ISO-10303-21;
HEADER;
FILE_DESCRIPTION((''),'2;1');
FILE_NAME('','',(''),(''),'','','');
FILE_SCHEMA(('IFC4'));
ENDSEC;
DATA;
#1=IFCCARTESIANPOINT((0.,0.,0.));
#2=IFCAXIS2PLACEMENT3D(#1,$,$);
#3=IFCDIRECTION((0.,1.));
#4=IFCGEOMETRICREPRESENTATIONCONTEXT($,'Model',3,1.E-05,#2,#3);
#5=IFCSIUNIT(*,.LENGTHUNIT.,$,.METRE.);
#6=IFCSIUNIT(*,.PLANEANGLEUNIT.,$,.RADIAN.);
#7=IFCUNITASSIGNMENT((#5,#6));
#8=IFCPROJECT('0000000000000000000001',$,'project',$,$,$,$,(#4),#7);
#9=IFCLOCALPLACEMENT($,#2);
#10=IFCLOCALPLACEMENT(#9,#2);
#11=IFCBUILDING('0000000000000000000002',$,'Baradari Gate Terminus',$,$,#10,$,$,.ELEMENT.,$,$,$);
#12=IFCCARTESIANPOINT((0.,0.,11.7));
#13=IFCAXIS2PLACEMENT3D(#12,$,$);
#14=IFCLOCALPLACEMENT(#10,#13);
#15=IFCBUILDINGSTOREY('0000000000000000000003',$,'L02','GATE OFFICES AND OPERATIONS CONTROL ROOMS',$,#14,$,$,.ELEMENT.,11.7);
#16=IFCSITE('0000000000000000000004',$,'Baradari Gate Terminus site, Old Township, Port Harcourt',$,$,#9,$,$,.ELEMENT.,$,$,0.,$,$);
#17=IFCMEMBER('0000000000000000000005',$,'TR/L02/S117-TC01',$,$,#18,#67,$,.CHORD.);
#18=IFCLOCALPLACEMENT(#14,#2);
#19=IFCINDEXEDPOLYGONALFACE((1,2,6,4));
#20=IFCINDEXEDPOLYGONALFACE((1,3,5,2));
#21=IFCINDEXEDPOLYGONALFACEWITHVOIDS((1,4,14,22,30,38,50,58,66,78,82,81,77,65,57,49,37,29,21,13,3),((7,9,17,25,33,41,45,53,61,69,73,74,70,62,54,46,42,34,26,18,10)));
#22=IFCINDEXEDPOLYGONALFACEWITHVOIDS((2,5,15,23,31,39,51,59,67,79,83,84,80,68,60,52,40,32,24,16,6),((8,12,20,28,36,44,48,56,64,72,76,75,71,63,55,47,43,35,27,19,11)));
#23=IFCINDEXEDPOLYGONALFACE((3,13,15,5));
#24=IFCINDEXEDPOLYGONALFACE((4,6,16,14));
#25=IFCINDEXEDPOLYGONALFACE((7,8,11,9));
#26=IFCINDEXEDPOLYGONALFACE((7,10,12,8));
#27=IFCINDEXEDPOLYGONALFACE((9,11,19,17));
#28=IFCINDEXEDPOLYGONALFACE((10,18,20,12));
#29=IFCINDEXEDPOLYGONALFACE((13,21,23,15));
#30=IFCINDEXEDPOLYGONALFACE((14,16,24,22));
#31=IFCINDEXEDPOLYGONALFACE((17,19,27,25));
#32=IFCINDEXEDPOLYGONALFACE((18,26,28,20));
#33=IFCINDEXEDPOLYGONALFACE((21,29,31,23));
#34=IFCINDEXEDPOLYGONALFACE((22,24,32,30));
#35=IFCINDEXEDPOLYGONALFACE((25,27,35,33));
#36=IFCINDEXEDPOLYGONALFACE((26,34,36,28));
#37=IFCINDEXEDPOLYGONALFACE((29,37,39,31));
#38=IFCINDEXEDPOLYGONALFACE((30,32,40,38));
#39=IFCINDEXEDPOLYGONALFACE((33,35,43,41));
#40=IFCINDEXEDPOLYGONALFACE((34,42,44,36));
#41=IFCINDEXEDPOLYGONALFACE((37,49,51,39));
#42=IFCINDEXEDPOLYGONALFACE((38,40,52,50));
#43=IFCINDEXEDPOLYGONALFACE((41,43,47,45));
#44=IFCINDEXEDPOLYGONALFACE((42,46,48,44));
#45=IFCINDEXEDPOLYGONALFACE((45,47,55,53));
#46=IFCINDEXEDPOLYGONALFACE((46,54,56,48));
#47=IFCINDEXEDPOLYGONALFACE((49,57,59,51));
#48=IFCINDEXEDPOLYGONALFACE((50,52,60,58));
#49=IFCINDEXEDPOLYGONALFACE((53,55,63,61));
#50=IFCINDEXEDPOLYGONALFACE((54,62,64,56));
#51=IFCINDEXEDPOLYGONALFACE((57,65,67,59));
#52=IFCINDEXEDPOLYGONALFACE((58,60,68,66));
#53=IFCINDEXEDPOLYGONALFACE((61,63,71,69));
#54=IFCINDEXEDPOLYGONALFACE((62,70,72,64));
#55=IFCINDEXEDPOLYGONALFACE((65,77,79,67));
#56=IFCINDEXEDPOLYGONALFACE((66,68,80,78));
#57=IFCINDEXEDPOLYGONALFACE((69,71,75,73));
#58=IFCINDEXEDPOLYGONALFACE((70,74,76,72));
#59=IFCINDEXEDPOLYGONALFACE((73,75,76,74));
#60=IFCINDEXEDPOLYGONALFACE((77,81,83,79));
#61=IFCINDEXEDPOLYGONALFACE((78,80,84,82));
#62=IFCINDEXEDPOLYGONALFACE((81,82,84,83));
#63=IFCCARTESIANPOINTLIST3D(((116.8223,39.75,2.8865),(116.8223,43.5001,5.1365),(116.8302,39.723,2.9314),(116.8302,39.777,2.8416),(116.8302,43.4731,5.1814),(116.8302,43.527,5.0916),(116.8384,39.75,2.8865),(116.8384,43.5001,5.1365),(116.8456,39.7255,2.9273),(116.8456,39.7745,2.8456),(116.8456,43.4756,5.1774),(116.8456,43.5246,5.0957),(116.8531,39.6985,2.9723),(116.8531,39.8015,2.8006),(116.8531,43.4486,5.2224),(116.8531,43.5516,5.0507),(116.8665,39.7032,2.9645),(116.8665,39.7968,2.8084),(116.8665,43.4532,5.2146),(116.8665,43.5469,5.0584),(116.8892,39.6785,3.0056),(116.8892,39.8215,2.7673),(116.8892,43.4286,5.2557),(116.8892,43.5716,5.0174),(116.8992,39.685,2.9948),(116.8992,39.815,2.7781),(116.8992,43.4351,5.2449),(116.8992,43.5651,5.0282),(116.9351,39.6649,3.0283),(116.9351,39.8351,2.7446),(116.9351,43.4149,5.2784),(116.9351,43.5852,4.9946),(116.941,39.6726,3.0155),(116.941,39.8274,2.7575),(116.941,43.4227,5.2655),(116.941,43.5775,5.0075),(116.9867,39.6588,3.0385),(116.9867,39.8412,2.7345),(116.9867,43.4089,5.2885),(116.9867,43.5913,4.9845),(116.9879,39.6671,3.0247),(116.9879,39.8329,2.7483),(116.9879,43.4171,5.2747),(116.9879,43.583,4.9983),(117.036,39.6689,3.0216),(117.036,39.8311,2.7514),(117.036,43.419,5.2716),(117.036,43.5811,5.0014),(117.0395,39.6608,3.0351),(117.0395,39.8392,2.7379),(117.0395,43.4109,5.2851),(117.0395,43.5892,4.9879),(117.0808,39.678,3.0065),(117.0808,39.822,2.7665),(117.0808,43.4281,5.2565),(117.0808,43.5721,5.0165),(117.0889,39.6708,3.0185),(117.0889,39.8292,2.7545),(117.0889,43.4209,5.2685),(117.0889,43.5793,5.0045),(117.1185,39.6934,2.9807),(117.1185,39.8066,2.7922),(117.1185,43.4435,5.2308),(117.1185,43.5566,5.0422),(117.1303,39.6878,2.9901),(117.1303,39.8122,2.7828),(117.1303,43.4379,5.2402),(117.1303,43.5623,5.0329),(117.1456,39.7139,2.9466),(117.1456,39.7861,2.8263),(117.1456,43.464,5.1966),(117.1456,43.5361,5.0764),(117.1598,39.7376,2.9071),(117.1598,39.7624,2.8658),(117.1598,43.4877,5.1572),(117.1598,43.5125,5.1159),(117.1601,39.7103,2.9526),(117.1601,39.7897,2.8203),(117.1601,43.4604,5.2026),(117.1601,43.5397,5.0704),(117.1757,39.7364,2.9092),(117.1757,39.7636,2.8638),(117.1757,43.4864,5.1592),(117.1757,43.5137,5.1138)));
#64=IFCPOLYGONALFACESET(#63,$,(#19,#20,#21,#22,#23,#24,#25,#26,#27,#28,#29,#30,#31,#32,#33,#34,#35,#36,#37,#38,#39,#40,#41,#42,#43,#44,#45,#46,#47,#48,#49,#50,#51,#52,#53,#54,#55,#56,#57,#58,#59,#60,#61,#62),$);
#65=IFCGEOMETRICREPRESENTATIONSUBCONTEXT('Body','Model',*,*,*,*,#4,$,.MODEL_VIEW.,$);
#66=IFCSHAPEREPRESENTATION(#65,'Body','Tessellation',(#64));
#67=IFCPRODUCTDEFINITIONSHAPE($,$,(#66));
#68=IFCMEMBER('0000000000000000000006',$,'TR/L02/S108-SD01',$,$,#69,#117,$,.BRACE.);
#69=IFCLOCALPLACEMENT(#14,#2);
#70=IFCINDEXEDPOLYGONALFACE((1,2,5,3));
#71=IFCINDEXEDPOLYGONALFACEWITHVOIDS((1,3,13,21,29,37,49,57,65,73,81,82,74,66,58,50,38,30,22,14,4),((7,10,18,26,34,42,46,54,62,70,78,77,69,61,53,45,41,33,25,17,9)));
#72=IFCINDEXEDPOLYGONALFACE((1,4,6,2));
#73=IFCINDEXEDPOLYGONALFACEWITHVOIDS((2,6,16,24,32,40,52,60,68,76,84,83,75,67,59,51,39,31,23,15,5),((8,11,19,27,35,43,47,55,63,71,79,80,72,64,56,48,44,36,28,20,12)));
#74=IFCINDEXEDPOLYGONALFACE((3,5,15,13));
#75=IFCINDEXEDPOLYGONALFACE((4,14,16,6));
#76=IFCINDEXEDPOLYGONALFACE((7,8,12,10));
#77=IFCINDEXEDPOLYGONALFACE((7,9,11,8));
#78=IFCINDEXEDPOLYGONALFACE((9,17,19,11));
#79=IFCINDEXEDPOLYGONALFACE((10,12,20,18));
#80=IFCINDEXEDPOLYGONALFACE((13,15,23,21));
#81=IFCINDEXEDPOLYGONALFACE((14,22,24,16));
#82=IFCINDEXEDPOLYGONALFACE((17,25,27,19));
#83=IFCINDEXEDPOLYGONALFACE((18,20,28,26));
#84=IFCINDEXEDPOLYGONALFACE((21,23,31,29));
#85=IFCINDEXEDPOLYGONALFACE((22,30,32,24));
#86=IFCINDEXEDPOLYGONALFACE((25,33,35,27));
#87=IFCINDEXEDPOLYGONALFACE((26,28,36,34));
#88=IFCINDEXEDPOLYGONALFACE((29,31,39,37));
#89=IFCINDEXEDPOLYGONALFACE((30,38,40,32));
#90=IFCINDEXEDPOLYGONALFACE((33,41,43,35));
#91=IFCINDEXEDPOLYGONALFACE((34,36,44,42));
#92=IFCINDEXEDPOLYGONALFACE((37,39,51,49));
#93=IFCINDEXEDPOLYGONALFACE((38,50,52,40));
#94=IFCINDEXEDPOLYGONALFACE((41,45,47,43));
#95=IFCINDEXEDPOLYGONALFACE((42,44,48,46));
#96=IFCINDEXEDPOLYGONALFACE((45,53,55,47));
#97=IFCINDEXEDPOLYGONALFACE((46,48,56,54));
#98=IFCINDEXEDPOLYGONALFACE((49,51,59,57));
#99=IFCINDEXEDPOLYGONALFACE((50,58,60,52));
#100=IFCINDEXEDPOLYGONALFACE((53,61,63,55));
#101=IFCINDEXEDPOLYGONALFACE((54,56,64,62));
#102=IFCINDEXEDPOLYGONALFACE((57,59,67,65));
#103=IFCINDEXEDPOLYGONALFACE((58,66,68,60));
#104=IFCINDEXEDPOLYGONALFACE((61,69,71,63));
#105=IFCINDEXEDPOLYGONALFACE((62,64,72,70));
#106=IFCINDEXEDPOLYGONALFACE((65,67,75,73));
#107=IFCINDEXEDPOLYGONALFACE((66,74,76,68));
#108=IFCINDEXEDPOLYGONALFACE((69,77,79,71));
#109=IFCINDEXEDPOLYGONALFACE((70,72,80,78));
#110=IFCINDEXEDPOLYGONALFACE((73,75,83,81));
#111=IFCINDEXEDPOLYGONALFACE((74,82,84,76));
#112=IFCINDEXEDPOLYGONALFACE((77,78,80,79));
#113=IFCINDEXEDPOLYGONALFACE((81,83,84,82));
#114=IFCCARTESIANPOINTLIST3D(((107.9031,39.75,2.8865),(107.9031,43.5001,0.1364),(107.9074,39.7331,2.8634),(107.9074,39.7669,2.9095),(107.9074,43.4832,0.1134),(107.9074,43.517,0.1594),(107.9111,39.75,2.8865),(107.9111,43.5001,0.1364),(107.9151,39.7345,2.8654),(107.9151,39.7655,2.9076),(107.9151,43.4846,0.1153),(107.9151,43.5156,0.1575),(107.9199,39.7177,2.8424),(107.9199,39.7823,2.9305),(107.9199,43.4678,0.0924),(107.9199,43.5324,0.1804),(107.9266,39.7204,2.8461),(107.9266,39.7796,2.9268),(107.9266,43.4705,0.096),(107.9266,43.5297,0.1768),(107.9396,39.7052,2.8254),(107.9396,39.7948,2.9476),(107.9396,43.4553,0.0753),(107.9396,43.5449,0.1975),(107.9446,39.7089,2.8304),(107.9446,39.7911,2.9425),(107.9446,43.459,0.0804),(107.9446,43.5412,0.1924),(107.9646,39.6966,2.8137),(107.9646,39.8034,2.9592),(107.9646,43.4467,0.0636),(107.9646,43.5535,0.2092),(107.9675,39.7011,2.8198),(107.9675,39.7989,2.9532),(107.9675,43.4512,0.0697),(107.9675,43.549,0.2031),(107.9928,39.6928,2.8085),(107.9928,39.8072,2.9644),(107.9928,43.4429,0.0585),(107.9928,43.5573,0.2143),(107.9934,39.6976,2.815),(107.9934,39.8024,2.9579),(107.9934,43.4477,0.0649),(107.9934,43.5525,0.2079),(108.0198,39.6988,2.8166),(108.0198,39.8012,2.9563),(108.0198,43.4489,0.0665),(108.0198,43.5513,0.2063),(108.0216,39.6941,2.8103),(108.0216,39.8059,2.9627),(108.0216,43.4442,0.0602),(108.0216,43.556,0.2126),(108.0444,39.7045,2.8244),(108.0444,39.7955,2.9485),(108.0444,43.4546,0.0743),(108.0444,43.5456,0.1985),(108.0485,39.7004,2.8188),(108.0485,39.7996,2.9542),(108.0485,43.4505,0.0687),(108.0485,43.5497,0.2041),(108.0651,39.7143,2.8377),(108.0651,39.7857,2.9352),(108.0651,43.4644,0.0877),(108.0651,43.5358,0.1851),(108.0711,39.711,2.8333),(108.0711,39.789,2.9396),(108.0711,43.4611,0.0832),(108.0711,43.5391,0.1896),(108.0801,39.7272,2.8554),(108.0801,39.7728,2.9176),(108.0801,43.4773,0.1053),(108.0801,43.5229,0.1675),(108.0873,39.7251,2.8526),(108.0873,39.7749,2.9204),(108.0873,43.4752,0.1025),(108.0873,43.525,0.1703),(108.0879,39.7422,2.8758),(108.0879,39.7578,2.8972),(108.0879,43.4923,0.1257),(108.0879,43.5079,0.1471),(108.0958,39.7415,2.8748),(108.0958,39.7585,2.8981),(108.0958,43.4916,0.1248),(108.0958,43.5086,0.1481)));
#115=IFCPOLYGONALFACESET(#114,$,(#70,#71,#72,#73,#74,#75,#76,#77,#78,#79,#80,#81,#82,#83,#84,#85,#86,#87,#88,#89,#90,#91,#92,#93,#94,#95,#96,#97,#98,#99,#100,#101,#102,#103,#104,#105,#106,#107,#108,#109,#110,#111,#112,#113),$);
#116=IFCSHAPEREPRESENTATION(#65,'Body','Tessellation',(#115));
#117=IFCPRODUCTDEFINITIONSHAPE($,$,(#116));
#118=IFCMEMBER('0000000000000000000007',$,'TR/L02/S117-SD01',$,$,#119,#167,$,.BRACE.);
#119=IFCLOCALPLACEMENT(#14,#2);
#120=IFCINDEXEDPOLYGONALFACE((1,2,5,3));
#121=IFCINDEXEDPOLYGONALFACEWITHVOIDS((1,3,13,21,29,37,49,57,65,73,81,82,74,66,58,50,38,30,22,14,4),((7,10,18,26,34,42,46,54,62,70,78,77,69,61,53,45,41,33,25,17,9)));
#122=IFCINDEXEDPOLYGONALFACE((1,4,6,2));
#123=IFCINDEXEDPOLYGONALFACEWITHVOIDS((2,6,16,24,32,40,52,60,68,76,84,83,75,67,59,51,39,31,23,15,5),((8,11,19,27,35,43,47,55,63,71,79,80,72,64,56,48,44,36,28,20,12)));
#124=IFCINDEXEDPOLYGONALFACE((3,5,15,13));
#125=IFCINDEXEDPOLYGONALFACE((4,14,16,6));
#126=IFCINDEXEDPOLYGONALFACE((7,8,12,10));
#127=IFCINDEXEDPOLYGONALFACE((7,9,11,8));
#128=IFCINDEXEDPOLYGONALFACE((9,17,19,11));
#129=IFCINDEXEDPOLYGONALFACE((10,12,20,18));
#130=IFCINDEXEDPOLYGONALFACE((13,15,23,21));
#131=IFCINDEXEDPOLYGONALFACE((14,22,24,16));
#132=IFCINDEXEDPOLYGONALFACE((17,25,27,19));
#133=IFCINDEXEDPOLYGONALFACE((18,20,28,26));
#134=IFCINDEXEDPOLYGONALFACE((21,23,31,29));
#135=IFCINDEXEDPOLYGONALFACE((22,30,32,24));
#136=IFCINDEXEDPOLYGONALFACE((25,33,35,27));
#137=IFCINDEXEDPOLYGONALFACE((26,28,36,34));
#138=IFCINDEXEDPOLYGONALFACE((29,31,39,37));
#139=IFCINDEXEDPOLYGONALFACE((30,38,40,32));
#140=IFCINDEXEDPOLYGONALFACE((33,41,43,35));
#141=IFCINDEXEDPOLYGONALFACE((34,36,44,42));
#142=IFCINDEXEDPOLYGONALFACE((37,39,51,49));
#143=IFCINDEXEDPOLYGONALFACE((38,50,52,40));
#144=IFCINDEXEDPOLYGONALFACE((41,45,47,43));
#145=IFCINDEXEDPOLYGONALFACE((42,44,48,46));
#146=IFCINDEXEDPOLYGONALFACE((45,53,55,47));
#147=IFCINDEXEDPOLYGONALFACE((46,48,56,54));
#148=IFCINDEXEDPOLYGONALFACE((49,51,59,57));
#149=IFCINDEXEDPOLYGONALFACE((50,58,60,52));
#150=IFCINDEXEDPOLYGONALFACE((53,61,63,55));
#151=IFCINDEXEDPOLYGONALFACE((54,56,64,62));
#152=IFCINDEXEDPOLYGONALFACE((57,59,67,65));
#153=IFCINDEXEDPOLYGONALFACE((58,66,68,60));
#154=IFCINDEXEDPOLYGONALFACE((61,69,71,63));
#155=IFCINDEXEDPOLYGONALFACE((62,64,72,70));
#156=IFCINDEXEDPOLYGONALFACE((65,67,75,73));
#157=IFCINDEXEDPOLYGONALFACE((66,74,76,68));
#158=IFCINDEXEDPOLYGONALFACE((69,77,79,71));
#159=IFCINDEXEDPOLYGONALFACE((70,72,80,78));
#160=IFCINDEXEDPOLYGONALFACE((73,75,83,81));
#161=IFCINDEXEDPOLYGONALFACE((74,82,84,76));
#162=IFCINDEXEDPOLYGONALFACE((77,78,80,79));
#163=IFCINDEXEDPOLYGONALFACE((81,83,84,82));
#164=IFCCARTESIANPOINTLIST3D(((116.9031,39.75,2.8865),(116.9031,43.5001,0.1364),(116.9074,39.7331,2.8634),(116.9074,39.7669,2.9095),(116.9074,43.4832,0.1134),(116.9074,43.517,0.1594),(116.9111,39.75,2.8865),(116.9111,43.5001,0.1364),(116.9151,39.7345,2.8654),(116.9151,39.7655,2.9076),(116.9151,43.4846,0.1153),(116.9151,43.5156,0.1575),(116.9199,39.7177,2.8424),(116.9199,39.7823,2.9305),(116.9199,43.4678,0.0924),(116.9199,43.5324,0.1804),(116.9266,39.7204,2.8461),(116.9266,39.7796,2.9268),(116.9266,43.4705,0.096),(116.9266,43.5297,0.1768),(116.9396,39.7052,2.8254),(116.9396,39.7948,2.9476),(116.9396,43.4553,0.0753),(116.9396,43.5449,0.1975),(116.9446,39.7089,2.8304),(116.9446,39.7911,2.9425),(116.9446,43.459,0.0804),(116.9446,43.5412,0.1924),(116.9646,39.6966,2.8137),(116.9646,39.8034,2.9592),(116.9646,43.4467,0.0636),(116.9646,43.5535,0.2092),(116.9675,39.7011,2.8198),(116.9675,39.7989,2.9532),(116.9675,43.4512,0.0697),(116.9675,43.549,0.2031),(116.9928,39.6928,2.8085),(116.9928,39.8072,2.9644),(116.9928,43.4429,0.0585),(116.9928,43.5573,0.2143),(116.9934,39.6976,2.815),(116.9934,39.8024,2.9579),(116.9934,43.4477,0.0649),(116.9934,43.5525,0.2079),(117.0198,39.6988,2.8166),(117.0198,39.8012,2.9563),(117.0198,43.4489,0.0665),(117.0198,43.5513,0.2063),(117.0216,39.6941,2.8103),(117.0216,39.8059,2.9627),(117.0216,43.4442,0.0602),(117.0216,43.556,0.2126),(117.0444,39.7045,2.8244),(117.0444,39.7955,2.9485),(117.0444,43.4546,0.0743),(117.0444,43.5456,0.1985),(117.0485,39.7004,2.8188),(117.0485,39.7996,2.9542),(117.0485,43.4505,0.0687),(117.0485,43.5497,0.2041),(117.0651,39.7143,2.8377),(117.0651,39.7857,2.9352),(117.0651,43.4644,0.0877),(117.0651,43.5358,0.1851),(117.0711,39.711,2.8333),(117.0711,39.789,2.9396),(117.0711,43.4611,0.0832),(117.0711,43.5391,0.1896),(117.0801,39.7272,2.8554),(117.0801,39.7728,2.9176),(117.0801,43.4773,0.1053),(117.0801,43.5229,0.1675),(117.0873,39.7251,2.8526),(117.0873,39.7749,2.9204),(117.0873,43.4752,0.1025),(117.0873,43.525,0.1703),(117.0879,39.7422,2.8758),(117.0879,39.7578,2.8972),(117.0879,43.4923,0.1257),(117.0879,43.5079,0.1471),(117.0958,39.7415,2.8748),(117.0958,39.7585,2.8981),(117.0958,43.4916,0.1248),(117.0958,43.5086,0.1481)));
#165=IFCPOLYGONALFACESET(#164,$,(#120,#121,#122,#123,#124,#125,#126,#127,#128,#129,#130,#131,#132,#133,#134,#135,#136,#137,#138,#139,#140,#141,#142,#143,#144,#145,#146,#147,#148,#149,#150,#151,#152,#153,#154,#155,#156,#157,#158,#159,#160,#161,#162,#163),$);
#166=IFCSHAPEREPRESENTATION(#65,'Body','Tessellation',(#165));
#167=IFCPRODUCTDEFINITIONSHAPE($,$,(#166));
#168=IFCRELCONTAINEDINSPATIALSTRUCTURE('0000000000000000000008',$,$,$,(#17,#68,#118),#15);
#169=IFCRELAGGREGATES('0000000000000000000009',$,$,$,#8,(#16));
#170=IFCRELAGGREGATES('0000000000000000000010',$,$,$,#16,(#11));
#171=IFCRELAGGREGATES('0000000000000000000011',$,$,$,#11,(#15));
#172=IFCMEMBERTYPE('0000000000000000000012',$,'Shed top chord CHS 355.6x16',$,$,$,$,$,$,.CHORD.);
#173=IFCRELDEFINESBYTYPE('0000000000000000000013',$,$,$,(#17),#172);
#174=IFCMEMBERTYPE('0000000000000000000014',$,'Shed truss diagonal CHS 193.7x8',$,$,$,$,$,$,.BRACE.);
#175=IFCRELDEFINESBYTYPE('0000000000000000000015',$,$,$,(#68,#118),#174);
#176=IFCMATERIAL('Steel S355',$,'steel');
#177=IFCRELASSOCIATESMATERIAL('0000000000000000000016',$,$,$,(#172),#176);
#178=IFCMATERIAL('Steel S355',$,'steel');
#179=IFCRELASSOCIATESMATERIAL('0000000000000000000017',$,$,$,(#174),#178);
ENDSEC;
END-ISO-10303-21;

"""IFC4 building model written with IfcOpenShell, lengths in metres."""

from ifc_helpers import new_model, si_unit, direction, frame, origin, origin_2d, place, context, subcontext, project, spatial, hollow_circle, extrude, material, material_profile, profile_set, type_object, element, save


model = new_model("IFC4")

# Units and contexts
model_context = context("Model", 3, precision=1e-05, world=origin(), true_north=direction((0.0, 1.0)))
body_context = subcontext(model_context, "Body", "Model", "MODEL_VIEW")
ifc_project = project(units=[si_unit("LENGTHUNIT", "METRE"), si_unit("PLANEANGLEUNIT", "RADIAN")], contexts=[model_context])

# Site, building, storey
site_placement = place(None, origin())
site = spatial("IfcSite", under=ifc_project, at=site_placement, Name="Baradari Gate Terminus site, Old Township, Port Harcourt", CompositionType="ELEMENT", RefElevation=0.0)
building_placement = place(site_placement, origin())
building = spatial("IfcBuilding", under=site, at=building_placement, Name="Baradari Gate Terminus", CompositionType="ELEMENT")
storey_placement = place(building_placement, frame((0.0, 0.0, 11.7)))
storey = spatial("IfcBuildingStorey", under=building, at=storey_placement, Name="L02", Description="GATE OFFICES AND OPERATIONS CONTROL ROOMS", CompositionType="ELEMENT", Elevation=11.7)

# Members
ifc_material_1 = material(Name="Steel S355", Category="steel")
ifc_material_profile_1 = material_profile(ifc_material_1, hollow_circle(Radius=0.1777, WallThickness=0.0161, at=origin_2d()), Name="CHS 355.6x16")
ifc_profile_set_1 = profile_set([ifc_material_profile_1], Name="Steel S355")
member_type_1 = type_object("IfcMemberType", Name="Shed top chord CHS 355.6x16", PredefinedType="CHORD", material=ifc_profile_set_1)
member_1_placement = place(storey_placement, frame((117.0, 39.75, 2.8865), z_axis=(0.0, 0.857493, 0.514496), x_axis=(-1.0, 0.0, 0.0)))
element("IfcMember", 1, at=member_1_placement, inside=storey, type_object=member_type_1, Name="TR/L02/S117-TC01", PredefinedType="CHORD", context=body_context, shape_type="SweptSolid", body=[
    extrude(hollow_circle(Radius=0.1777, WallThickness=0.0161, at=origin_2d()), origin(), (0.0, 0.0, 1.0), 4.3733),
])
ifc_material_2 = material(Name="Steel S355", Category="steel")
ifc_material_profile_2 = material_profile(ifc_material_2, hollow_circle(Radius=0.0969, WallThickness=0.0081, at=origin_2d()), Name="CHS 193.7x8")
ifc_profile_set_2 = profile_set([ifc_material_profile_2], Name="Steel S355")
member_type_2 = type_object("IfcMemberType", Name="Shed truss diagonal CHS 193.7x8", PredefinedType="BRACE", material=ifc_profile_set_2)
for number, where, z_axis, x_axis, name in (
    (2, (108.0, 39.75, 2.8865), (0.0, 0.806405, -0.591364), (-1.0, 0.0, 0.0), "TR/L02/S108-SD01"),
    (3, (117.0, 39.75, 2.8865), (0.0, 0.806405, -0.591364), (-1.0, 0.0, 0.0), "TR/L02/S117-SD01"),
):
    element("IfcMember", number, at=place(storey_placement, frame(where, z_axis=z_axis, x_axis=x_axis)), inside=storey, type_object=member_type_2, Name=name, PredefinedType="BRACE", context=body_context, shape_type="SweptSolid", body=[
        extrude(hollow_circle(Radius=0.0969, WallThickness=0.0081, at=origin_2d()), origin(), (0.0, 0.0, 1.0), 4.6504),
    ])

save(model, "model.ifc")
